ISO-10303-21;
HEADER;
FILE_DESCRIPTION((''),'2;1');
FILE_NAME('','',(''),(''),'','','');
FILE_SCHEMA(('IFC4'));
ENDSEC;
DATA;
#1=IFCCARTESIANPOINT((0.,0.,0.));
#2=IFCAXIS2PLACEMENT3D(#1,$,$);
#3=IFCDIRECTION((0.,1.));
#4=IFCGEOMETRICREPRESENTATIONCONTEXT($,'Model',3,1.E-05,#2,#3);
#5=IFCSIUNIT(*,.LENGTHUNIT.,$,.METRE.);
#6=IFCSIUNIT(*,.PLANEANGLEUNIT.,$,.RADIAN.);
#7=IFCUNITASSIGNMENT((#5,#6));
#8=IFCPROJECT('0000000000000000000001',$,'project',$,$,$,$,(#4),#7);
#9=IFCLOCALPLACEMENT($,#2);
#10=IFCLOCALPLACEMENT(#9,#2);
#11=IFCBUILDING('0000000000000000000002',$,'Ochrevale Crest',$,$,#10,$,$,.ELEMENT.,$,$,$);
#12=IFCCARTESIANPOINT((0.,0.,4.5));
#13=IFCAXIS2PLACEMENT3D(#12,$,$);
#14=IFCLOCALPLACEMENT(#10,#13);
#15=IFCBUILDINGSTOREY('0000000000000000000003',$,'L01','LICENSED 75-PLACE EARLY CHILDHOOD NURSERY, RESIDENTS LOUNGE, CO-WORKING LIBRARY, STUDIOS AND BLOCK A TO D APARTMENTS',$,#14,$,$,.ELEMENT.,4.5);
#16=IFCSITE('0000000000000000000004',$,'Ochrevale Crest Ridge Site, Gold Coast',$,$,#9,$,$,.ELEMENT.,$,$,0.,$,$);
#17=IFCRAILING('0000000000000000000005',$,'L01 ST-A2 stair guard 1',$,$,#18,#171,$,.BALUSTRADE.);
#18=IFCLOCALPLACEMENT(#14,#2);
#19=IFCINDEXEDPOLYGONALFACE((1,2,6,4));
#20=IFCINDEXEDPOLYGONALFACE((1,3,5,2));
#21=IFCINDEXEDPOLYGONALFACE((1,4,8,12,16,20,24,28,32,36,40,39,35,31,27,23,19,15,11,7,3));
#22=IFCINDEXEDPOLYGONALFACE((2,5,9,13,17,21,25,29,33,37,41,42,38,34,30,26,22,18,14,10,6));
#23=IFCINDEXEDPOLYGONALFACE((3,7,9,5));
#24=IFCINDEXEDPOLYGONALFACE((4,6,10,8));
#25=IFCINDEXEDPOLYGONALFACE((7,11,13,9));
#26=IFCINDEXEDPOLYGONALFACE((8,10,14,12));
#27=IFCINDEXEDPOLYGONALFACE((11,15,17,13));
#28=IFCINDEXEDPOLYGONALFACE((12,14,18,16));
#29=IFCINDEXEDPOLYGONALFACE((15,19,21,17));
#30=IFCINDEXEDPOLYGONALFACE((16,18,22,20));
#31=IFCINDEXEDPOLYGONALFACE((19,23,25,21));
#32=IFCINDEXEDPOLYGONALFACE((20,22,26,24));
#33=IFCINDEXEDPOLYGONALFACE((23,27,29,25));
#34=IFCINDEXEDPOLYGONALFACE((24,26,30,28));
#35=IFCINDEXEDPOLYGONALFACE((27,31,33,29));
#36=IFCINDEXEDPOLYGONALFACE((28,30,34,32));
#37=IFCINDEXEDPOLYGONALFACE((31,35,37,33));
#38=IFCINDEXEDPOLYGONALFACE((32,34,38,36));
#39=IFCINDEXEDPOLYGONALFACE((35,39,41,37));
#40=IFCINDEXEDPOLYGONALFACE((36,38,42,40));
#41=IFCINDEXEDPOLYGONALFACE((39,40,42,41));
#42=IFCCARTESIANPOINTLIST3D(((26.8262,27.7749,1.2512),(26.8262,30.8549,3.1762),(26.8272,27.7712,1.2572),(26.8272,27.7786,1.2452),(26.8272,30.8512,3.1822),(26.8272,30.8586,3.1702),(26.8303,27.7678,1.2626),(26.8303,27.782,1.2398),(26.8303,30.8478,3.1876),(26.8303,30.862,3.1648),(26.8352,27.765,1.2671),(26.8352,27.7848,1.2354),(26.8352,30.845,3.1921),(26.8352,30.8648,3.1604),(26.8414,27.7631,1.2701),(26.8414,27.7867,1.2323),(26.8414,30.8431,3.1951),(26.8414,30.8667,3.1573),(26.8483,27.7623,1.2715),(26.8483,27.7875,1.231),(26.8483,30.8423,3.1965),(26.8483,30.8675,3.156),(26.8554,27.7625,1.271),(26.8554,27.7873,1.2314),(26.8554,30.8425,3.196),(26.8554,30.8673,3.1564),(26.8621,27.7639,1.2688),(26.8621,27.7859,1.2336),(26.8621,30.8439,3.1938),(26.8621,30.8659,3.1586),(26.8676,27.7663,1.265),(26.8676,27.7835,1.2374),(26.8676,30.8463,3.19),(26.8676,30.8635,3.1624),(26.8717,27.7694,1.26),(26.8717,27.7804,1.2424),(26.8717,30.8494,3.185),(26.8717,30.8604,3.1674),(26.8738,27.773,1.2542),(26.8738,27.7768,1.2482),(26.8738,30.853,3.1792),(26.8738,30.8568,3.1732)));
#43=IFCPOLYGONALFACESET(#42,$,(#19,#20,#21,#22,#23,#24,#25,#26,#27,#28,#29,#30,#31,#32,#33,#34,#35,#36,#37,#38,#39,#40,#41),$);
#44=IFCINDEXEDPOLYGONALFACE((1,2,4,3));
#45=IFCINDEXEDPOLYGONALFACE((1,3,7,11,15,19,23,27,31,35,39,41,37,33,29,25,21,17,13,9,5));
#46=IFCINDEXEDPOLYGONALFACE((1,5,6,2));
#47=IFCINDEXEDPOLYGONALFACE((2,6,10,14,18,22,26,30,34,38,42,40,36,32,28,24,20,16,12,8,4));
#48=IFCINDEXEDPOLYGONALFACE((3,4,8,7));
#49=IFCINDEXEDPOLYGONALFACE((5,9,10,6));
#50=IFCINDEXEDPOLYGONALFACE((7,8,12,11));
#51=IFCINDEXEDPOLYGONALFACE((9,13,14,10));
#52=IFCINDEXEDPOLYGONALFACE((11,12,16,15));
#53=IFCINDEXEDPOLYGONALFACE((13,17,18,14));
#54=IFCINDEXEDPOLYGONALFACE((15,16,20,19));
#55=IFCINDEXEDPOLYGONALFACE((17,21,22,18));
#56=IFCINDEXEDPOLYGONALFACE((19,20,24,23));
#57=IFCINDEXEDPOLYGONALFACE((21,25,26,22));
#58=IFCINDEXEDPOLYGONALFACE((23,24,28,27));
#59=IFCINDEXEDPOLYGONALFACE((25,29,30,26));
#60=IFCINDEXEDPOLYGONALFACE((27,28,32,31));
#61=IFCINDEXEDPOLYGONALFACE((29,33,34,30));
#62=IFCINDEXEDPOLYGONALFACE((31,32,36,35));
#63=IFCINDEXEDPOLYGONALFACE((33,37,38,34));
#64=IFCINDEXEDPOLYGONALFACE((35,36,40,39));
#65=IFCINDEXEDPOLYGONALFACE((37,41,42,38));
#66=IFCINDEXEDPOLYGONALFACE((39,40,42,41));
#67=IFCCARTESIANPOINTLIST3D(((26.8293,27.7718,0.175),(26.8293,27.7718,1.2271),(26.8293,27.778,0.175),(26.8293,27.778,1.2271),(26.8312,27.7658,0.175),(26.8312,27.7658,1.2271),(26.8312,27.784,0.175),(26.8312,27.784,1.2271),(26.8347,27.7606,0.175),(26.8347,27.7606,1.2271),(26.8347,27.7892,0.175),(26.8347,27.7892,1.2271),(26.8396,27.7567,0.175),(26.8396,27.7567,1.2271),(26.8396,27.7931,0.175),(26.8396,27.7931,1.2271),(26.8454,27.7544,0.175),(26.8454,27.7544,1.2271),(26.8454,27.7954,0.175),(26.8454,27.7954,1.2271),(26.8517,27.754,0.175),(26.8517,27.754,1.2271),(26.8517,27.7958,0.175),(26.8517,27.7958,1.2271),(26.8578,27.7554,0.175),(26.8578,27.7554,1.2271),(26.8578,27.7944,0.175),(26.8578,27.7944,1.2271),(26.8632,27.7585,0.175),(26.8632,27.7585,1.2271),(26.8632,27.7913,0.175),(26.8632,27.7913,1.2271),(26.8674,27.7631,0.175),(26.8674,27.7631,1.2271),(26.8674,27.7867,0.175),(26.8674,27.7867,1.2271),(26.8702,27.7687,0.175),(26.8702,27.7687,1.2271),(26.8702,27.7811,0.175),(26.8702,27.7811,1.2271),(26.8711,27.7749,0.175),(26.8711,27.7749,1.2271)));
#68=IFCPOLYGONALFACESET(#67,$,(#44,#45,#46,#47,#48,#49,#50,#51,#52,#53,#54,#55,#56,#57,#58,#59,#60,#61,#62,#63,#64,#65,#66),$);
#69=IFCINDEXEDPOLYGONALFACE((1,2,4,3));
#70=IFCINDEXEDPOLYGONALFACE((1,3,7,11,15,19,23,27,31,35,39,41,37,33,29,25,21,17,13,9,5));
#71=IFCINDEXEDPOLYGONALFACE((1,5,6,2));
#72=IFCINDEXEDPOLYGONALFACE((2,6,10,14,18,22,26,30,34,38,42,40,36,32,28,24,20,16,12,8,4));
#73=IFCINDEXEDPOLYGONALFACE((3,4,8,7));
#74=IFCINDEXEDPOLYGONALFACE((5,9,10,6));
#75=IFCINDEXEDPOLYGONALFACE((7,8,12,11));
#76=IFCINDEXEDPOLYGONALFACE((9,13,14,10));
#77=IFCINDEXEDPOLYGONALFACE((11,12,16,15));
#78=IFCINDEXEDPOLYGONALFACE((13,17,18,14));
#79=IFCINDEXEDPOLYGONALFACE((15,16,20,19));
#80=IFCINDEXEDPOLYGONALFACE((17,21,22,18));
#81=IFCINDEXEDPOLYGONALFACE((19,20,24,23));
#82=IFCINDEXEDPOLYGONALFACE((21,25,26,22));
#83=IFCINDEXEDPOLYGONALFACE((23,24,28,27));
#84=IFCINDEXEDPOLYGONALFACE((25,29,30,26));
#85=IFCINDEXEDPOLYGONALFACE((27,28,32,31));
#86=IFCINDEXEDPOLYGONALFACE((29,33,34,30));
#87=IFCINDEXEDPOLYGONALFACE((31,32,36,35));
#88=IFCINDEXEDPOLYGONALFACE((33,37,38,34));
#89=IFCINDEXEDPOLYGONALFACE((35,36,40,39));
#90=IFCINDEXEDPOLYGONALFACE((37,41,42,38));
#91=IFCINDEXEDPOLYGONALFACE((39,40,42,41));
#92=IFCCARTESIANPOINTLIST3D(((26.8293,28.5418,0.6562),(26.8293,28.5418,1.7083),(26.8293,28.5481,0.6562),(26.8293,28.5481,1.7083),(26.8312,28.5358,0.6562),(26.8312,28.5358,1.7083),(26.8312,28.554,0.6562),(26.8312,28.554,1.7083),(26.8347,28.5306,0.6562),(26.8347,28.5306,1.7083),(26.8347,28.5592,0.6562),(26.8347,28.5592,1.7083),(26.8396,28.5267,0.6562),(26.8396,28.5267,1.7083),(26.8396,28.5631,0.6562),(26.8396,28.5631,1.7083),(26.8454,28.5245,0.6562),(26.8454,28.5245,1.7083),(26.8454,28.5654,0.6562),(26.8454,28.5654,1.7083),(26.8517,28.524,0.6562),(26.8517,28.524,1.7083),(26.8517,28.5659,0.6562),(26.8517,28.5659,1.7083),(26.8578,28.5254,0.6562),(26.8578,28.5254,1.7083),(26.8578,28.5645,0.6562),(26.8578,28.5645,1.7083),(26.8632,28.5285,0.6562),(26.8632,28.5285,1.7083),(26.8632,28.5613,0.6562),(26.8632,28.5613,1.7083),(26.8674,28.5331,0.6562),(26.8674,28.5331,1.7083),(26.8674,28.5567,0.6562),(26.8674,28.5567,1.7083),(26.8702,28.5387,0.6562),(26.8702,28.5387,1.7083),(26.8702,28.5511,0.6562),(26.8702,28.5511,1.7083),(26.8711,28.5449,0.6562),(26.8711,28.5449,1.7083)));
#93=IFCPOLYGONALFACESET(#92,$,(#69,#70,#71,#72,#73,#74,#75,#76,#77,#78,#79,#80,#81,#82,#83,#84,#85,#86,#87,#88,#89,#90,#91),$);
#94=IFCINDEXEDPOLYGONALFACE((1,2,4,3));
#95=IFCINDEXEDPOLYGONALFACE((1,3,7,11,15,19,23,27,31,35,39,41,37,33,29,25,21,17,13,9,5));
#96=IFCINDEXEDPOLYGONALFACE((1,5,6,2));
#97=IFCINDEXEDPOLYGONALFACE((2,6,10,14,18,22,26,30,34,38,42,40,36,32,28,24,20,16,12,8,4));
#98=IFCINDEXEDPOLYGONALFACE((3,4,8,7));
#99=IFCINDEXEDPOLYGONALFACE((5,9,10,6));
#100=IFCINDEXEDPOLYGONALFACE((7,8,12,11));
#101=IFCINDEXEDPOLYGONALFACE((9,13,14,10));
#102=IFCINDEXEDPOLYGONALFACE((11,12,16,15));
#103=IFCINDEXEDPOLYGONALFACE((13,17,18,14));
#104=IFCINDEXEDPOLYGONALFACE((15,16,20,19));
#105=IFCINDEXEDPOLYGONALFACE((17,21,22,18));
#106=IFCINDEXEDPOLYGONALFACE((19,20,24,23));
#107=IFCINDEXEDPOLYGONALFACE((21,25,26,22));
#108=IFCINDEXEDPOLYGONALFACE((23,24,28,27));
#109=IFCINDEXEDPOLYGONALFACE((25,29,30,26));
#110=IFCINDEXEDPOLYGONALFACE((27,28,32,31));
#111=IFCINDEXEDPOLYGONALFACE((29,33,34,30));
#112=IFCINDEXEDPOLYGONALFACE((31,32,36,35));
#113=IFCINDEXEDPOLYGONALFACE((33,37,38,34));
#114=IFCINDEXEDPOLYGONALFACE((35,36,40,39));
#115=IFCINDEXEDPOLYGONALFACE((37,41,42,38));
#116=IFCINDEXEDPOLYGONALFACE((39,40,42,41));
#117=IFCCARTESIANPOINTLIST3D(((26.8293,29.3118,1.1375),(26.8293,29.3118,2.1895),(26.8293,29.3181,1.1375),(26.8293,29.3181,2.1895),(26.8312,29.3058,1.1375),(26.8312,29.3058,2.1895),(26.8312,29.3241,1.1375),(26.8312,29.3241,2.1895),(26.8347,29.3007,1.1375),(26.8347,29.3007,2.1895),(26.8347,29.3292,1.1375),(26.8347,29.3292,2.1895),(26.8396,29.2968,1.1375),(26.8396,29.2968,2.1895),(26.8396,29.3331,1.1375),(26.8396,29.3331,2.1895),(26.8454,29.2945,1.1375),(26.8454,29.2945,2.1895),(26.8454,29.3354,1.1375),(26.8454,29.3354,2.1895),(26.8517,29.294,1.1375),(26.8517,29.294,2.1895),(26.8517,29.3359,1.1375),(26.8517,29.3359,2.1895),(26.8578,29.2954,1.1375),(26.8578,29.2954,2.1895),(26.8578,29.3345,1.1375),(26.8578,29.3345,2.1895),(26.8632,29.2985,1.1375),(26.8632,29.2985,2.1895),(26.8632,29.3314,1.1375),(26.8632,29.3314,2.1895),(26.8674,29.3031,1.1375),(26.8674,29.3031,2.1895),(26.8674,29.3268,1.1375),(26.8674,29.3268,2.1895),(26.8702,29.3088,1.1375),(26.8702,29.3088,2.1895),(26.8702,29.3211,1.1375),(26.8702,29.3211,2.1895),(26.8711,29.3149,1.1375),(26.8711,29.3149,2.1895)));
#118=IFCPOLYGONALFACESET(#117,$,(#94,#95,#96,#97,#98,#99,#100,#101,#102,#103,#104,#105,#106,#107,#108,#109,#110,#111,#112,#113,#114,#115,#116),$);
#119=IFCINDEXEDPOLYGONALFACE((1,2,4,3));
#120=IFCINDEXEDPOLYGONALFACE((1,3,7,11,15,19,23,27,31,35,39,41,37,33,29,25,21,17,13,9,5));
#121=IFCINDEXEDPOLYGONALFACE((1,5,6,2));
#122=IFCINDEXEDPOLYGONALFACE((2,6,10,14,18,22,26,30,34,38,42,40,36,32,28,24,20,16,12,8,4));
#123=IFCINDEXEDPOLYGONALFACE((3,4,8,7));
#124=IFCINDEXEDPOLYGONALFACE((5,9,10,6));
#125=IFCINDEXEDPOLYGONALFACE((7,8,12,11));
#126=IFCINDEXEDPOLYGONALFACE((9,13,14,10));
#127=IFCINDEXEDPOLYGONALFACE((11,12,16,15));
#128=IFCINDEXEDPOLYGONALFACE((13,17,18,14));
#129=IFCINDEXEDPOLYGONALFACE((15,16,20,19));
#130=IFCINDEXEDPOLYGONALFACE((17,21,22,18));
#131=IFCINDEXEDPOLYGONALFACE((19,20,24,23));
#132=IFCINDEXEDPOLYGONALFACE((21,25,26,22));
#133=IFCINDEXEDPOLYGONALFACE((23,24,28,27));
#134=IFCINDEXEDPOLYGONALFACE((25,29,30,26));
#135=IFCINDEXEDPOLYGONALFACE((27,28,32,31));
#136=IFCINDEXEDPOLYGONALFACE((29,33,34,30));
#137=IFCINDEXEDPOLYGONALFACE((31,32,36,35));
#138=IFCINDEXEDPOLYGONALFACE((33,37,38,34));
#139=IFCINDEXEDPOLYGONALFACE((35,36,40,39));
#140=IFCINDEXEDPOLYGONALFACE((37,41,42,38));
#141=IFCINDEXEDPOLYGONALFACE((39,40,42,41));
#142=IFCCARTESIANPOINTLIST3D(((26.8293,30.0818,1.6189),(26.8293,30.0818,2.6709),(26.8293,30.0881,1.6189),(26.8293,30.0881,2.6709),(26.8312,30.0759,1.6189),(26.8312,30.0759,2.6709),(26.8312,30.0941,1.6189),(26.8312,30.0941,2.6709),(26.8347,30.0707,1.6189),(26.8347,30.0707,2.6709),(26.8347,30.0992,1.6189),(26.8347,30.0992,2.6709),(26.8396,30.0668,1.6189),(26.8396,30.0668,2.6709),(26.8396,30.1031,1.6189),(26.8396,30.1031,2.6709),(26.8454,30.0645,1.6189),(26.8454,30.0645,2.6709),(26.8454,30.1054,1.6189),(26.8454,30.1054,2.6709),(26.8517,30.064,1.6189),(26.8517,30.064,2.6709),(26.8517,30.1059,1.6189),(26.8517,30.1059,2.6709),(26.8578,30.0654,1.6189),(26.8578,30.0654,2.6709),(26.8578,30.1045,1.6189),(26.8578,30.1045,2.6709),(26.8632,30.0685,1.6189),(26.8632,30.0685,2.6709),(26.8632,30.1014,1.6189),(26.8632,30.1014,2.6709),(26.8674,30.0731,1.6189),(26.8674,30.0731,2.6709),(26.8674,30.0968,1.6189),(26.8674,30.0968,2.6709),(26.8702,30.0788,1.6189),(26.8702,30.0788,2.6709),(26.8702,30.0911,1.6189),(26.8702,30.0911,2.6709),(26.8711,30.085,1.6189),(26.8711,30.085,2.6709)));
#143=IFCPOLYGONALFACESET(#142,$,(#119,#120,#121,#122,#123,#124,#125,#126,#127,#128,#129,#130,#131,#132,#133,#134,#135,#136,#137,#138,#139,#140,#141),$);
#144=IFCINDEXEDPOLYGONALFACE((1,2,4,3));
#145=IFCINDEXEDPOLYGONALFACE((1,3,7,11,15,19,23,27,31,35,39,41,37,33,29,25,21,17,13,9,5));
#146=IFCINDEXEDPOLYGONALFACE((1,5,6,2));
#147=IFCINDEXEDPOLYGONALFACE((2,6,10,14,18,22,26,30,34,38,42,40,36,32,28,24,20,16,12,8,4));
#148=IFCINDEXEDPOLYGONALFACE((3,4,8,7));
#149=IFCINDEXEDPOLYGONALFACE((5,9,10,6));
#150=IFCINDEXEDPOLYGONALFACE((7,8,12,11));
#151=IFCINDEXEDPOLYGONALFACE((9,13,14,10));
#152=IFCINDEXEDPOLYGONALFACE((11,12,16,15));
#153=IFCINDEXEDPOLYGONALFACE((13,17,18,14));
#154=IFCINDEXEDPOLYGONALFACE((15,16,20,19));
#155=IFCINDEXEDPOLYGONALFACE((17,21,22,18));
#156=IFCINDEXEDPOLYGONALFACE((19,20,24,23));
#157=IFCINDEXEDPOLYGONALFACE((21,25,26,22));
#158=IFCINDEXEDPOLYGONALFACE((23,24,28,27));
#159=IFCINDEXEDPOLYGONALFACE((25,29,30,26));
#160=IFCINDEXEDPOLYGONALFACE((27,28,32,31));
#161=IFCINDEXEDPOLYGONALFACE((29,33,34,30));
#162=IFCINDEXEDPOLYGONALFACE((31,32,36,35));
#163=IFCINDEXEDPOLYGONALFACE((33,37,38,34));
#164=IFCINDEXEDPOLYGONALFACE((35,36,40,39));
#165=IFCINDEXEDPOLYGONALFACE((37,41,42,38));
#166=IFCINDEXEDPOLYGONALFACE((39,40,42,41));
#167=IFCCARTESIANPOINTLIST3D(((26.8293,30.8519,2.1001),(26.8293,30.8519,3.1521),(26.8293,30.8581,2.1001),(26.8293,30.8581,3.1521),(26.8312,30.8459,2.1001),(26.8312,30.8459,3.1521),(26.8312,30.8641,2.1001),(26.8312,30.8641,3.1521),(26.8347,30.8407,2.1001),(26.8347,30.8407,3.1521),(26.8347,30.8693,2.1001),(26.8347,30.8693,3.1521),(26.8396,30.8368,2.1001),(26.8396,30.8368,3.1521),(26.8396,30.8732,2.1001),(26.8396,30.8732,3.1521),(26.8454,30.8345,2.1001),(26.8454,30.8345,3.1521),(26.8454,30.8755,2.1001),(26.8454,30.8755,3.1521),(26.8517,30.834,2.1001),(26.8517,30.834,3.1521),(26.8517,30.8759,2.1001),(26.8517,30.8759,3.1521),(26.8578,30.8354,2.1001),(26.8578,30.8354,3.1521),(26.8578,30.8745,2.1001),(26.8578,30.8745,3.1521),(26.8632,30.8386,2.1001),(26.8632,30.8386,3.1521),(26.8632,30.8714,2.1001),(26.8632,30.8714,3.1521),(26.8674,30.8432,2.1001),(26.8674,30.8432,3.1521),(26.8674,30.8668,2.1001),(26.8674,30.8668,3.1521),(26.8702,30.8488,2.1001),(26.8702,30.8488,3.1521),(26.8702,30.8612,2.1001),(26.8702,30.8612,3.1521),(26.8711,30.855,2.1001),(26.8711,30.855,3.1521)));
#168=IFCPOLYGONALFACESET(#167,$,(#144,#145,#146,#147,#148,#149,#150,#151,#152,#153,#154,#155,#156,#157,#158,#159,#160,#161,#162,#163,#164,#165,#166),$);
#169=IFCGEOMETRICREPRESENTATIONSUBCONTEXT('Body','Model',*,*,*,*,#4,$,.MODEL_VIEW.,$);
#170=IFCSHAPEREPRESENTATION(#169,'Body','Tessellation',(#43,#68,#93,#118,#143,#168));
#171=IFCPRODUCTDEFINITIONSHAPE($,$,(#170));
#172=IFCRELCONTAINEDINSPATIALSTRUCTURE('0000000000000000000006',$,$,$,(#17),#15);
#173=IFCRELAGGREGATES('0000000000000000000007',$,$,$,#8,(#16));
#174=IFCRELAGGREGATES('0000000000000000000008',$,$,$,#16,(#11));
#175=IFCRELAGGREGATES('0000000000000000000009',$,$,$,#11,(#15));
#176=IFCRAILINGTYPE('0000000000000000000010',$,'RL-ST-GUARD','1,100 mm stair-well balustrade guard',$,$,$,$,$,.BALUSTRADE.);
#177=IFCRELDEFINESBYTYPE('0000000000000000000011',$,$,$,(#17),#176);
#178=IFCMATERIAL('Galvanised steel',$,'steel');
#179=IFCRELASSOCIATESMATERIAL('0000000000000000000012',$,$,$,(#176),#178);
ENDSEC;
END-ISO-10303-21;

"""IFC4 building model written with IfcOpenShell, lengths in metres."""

from ifc_helpers import new_model, si_unit, direction, frame, origin, origin_2d, place, context, subcontext, project, spatial, circle, extrude, material, type_object, element, save


model = new_model("IFC4")

# Units and contexts
model_context = context("Model", 3, precision=1e-05, world=origin(), true_north=direction((0.0, 1.0)))
body_context = subcontext(model_context, "Body", "Model", "MODEL_VIEW")
ifc_project = project(units=[si_unit("LENGTHUNIT", "METRE"), si_unit("PLANEANGLEUNIT", "RADIAN")], contexts=[model_context])

# Site, building, storey
site_placement = place(None, origin())
site = spatial("IfcSite", under=ifc_project, at=site_placement, Name="Ochrevale Crest Ridge Site, Gold Coast", CompositionType="ELEMENT", RefElevation=0.0)
building_placement = place(site_placement, origin())
building = spatial("IfcBuilding", under=site, at=building_placement, Name="Ochrevale Crest", CompositionType="ELEMENT")
storey_placement = place(building_placement, frame((0.0, 0.0, 4.5)))
storey = spatial("IfcBuildingStorey", under=building, at=storey_placement, Name="L01", Description="LICENSED 75-PLACE EARLY CHILDHOOD NURSERY, RESIDENTS LOUNGE, CO-WORKING LIBRARY, STUDIOS AND BLOCK A TO D APARTMENTS", CompositionType="ELEMENT", Elevation=4.5)

# Railing
ifc_material_1 = material(Name="Galvanised steel", Category="steel")
railing_type_1 = type_object("IfcRailingType", Name="RL-ST-GUARD", Description="1,100 mm stair-well balustrade guard", PredefinedType="BALUSTRADE", material=ifc_material_1)
railing_1_placement = place(storey_placement, frame((26.8501, 27.7749, 0.175)))
element("IfcRailing", 1, at=railing_1_placement, inside=storey, type_object=railing_type_1, Name="L01 ST-A2 stair guard 1", PredefinedType="BALUSTRADE", context=body_context, shape_type="SweptSolid", body=[
    extrude(circle(Radius=0.0239, at=origin_2d()), frame((0.0, 0.0, 1.0762), z_axis=(0.0, 0.847998, 0.529999), x_axis=(-1.0, 0.0, 0.0)), (0.0, 0.0, 1.0), 3.6321),
    extrude(circle(Radius=0.021, at=origin_2d()), origin(), (0.0, 0.0, 1.0), 1.052),
    extrude(circle(Radius=0.021, at=origin_2d()), frame((0.0, 0.77, 0.4812)), (0.0, 0.0, 1.0), 1.052),
    extrude(circle(Radius=0.021, at=origin_2d()), frame((0.0, 1.54, 0.9624)), (0.0, 0.0, 1.0), 1.052),
    extrude(circle(Radius=0.021, at=origin_2d()), frame((0.0, 2.3101, 1.4438)), (0.0, 0.0, 1.0), 1.052),
    extrude(circle(Radius=0.021, at=origin_2d()), frame((0.0, 3.0801, 1.925)), (0.0, 0.0, 1.0), 1.052),
])

save(model, "model.ifc")
